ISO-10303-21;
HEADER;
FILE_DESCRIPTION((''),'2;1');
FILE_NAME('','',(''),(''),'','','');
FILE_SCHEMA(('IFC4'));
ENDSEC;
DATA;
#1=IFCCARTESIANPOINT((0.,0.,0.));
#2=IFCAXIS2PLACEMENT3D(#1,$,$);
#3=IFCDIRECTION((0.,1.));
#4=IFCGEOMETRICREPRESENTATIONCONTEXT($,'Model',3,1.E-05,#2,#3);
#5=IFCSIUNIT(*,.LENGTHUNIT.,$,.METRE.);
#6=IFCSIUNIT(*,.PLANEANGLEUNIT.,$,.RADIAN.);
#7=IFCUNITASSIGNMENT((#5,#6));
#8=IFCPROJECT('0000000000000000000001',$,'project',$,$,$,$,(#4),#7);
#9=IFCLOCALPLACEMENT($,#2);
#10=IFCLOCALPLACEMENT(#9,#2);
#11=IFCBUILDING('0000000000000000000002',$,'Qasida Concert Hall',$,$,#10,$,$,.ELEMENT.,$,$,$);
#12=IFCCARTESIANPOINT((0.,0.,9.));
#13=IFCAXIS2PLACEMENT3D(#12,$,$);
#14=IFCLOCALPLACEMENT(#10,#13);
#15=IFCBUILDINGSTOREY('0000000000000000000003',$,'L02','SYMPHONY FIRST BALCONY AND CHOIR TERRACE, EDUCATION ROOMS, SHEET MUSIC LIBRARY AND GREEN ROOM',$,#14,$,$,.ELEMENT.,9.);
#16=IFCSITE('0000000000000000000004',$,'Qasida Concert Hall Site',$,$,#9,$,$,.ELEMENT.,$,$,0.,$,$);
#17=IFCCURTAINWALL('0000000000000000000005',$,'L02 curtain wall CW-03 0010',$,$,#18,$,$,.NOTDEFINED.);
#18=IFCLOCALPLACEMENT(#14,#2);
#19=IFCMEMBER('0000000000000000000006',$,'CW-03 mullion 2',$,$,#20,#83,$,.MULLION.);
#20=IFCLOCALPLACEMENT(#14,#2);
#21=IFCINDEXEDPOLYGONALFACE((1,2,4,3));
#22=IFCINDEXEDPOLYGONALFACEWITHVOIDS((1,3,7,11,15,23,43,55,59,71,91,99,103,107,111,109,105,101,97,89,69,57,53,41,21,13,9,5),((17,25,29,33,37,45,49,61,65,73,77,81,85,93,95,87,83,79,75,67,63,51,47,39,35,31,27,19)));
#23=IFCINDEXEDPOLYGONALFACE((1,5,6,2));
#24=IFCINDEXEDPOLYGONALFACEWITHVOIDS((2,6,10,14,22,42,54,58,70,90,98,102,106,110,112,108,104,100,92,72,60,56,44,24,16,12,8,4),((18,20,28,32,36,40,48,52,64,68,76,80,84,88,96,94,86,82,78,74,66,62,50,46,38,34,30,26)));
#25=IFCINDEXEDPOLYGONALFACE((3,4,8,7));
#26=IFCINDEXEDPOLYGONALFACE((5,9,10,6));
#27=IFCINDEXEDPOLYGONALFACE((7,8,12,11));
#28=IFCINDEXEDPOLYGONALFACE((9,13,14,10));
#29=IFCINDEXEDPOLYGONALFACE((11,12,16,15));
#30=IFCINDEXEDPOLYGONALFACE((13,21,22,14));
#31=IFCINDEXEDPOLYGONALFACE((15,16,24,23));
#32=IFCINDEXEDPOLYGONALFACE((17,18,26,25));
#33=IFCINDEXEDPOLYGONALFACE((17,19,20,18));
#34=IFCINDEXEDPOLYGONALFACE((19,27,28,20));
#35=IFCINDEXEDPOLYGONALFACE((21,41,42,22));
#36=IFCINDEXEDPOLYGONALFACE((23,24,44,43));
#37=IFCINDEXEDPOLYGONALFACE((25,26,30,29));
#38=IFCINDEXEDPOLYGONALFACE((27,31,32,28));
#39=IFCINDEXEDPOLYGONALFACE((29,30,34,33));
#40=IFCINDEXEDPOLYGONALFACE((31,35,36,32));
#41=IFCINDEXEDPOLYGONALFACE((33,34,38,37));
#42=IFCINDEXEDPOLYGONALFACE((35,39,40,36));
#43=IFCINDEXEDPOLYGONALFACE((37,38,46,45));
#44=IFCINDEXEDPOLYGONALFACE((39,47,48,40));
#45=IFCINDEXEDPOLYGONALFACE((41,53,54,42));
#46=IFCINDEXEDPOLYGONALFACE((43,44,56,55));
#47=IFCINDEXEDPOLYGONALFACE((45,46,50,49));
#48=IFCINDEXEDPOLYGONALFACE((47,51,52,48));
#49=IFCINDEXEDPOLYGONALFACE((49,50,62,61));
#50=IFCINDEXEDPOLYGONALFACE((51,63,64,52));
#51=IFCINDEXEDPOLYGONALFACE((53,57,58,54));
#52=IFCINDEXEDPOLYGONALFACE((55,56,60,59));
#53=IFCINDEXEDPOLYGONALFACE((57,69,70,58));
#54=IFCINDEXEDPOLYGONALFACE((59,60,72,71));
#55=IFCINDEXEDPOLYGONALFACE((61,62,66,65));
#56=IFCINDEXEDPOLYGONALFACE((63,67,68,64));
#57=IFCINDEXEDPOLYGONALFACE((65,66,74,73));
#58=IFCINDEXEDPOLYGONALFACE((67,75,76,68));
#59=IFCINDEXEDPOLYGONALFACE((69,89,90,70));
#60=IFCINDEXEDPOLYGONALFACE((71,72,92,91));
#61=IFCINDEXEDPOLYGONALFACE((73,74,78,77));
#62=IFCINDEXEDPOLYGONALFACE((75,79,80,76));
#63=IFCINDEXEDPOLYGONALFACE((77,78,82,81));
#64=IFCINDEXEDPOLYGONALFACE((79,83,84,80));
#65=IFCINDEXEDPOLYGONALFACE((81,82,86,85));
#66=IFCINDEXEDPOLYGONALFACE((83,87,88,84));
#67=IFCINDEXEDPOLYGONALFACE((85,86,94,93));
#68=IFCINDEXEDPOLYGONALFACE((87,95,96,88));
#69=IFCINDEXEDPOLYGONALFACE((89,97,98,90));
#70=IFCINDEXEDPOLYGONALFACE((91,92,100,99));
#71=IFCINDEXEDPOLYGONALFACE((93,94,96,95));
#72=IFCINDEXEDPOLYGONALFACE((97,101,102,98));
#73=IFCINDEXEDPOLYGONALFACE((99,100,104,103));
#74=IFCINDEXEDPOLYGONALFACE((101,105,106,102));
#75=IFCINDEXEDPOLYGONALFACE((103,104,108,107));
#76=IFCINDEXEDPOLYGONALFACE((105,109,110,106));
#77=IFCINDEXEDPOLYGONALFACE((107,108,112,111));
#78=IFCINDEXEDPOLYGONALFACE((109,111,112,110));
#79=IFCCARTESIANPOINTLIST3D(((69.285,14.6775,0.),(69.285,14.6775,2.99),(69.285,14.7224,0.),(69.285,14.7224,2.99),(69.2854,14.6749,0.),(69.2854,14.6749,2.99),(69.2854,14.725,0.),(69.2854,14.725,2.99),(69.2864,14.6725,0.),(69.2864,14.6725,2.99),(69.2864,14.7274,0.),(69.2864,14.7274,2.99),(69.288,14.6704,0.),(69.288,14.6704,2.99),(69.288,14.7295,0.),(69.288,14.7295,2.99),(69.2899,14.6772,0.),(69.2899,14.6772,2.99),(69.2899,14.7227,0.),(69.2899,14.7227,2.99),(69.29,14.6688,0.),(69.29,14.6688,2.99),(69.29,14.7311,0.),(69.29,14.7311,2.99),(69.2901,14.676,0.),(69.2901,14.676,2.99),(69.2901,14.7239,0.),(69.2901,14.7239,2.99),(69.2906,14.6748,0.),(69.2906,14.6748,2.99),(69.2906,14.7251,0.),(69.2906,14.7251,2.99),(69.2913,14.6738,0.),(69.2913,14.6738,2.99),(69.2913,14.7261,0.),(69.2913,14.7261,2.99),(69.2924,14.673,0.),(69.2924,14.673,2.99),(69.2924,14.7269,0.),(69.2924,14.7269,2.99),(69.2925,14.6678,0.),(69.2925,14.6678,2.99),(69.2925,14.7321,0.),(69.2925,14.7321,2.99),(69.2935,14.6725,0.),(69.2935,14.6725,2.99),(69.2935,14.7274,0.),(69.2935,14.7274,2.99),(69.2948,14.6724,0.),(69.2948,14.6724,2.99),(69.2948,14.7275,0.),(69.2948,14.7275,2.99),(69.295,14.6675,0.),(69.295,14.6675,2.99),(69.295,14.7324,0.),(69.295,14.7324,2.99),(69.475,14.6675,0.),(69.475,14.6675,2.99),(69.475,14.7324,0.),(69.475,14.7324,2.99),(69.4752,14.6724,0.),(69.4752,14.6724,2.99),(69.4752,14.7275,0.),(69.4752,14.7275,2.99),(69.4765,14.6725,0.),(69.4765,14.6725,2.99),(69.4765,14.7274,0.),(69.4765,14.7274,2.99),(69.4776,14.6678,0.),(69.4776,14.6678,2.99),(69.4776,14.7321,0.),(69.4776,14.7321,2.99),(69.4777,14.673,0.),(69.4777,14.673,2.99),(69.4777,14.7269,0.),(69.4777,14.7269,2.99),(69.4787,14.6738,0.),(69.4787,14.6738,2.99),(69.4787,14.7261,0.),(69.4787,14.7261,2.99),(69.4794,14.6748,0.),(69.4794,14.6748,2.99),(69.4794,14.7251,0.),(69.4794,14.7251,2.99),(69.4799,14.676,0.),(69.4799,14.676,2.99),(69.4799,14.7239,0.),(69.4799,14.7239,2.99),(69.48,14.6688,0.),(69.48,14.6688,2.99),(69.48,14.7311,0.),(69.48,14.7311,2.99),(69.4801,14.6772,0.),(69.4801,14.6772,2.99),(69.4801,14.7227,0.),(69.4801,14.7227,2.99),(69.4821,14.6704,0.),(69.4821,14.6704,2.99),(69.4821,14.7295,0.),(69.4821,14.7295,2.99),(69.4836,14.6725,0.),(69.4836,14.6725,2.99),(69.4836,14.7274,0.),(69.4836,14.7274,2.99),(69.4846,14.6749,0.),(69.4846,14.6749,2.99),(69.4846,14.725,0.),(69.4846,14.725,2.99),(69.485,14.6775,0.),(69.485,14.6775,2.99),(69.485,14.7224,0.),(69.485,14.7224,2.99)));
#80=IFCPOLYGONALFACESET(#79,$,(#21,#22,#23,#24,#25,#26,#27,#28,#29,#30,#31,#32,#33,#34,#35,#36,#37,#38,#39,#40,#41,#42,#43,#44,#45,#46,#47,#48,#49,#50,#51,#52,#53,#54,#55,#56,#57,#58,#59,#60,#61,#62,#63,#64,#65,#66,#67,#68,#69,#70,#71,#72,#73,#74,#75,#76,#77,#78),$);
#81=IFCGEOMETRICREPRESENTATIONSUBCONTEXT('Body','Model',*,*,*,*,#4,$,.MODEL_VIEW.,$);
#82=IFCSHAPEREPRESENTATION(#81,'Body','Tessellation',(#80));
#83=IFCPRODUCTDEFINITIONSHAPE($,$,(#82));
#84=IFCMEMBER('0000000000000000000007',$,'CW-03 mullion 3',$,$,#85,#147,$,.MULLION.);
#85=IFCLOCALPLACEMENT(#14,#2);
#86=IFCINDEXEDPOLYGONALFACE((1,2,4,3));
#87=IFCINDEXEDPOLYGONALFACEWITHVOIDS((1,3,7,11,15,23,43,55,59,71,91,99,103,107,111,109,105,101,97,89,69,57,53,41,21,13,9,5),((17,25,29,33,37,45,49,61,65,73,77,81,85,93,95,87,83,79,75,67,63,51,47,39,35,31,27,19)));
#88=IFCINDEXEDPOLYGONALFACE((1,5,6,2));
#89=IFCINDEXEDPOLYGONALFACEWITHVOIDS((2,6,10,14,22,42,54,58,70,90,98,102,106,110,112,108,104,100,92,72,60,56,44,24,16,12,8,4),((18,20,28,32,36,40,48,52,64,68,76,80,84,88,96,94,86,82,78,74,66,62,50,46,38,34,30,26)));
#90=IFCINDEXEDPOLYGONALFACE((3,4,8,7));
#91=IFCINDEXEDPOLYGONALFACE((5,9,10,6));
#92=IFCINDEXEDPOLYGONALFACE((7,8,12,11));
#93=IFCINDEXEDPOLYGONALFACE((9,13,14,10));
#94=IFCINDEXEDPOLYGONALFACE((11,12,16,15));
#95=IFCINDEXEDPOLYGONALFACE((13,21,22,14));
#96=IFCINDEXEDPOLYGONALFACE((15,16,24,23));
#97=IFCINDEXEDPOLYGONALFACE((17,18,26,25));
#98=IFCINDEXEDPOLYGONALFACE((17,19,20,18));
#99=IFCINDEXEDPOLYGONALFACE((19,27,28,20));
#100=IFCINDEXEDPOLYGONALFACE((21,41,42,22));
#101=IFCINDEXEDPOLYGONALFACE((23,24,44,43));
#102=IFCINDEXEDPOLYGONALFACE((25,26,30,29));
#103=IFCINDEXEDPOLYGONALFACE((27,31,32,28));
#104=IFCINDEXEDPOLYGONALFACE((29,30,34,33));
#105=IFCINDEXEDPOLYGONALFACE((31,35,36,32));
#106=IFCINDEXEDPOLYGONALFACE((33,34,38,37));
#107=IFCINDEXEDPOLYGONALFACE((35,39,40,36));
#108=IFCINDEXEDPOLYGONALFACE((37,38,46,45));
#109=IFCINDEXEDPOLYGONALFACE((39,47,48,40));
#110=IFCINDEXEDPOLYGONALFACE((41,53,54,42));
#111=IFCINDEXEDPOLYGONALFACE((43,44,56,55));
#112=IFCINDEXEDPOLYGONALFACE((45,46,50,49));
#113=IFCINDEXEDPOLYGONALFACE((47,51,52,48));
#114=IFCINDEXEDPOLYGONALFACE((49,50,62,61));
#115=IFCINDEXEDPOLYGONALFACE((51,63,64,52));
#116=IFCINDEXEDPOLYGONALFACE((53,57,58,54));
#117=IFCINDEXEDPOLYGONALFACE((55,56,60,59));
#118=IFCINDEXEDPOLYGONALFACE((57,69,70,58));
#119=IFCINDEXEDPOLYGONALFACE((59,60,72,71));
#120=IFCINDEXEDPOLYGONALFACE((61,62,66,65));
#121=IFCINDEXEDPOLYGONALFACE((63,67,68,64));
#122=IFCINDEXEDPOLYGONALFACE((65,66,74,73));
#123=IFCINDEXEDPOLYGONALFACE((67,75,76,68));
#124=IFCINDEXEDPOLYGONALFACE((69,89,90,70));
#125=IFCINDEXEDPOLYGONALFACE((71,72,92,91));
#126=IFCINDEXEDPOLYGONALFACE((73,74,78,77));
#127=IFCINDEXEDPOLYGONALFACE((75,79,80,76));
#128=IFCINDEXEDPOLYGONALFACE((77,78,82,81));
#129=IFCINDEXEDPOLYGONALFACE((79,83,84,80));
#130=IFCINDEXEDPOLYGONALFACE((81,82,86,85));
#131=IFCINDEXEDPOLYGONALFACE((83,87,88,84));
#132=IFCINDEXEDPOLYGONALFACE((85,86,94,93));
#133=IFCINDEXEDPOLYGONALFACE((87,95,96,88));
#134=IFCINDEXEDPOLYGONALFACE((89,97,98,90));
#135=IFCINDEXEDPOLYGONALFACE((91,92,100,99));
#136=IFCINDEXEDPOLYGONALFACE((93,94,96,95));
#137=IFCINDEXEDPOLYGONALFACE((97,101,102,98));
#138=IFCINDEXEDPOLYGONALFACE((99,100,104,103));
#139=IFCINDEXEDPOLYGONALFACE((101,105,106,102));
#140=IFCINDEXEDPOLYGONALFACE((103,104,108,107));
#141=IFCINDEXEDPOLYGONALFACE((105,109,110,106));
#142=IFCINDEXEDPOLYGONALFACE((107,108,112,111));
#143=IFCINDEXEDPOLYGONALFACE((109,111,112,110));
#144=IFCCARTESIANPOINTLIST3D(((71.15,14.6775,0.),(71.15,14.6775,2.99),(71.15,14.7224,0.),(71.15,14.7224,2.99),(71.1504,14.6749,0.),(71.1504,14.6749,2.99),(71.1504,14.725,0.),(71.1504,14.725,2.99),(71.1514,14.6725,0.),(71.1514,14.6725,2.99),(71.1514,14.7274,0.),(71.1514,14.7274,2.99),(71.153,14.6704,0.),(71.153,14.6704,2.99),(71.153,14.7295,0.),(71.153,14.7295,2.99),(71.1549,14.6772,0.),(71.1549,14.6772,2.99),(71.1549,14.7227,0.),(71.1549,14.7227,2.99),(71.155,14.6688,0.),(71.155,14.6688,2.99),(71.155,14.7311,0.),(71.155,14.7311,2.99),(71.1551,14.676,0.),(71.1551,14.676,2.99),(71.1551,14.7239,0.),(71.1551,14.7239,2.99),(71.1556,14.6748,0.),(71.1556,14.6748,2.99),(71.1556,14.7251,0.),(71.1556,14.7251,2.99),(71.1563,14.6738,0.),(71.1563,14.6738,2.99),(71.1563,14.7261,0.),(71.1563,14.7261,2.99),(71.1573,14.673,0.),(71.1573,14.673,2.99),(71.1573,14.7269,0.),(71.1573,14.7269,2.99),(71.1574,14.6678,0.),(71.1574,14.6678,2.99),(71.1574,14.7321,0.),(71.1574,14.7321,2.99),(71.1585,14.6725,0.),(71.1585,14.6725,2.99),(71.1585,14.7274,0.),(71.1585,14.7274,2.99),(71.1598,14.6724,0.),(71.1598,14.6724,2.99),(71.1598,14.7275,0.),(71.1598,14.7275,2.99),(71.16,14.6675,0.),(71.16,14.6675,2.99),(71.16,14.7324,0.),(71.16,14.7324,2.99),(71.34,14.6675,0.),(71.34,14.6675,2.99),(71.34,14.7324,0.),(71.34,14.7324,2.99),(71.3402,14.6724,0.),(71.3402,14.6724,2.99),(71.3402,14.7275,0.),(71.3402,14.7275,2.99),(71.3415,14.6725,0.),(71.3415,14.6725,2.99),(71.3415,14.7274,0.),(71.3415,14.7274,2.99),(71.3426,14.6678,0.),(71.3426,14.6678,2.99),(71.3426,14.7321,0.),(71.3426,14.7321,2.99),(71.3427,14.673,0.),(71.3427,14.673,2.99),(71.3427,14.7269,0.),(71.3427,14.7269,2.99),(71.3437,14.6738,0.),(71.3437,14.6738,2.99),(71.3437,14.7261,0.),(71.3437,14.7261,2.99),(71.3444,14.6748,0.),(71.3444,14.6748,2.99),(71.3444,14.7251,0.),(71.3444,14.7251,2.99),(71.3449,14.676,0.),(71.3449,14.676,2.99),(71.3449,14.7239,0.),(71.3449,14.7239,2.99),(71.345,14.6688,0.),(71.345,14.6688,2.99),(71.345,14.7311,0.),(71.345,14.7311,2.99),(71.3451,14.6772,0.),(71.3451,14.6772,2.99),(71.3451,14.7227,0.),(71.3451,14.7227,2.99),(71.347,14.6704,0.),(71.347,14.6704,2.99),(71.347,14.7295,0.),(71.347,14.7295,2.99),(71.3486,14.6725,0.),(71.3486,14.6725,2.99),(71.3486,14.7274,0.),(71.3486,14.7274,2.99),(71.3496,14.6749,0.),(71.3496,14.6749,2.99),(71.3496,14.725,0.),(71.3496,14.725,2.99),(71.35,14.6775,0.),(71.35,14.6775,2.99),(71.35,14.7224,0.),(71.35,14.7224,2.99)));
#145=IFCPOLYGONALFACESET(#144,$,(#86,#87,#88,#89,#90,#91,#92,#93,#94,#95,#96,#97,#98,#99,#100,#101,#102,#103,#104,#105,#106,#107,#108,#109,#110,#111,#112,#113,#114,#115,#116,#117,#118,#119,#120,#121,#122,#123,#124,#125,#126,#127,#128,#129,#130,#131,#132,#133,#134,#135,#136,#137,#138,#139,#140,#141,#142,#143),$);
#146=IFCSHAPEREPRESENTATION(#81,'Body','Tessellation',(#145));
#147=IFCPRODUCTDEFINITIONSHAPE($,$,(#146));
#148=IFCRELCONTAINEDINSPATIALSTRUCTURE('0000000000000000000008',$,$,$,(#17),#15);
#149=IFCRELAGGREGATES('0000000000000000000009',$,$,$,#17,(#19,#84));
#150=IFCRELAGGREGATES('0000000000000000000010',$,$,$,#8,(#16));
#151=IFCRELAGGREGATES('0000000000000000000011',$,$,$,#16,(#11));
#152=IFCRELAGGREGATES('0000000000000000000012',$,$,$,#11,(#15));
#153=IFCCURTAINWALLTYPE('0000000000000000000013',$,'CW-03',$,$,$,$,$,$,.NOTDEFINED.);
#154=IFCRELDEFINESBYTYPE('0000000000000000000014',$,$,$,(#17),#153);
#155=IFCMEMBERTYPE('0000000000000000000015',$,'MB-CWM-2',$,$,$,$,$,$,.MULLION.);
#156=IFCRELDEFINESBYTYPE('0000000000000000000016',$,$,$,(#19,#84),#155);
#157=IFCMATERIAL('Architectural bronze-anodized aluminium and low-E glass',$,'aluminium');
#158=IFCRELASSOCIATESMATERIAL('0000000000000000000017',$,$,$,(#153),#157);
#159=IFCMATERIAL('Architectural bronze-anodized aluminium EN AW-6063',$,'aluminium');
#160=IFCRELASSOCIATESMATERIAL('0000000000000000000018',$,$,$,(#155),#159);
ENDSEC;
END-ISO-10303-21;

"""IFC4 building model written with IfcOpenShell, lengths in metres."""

from ifc_helpers import new_model, si_unit, direction, frame, origin, origin_2d, place, context, subcontext, project, spatial, hollow_rectangle, extrude, material, material_profile, profile_set, type_object, element, aggregate, save


model = new_model("IFC4")

# Units and contexts
model_context = context("Model", 3, precision=1e-05, world=origin(), true_north=direction((0.0, 1.0)))
body_context = subcontext(model_context, "Body", "Model", "MODEL_VIEW")
ifc_project = project(units=[si_unit("LENGTHUNIT", "METRE"), si_unit("PLANEANGLEUNIT", "RADIAN")], contexts=[model_context])

# Site, building, storey
site_placement = place(None, origin())
site = spatial("IfcSite", under=ifc_project, at=site_placement, Name="Qasida Concert Hall Site", CompositionType="ELEMENT", RefElevation=0.0)
building_placement = place(site_placement, origin())
building = spatial("IfcBuilding", under=site, at=building_placement, Name="Qasida Concert Hall", CompositionType="ELEMENT")
storey_placement = place(building_placement, frame((0.0, 0.0, 9.0)))
storey = spatial("IfcBuildingStorey", under=building, at=storey_placement, Name="L02", Description="SYMPHONY FIRST BALCONY AND CHOIR TERRACE, EDUCATION ROOMS, SHEET MUSIC LIBRARY AND GREEN ROOM", CompositionType="ELEMENT", Elevation=9.0)

# Curtain wall, members
ifc_material_1 = material(Name="Architectural bronze-anodized aluminium and low-E glass", Category="aluminium")
curtain_wall_type = type_object("IfcCurtainWallType", Name="CW-03", PredefinedType="NOTDEFINED", material=ifc_material_1)
curtain_wall_placement = place(storey_placement, origin())
curtain_wall = element("IfcCurtainWall", 1, at=curtain_wall_placement, inside=storey, type_object=curtain_wall_type, Name="L02 curtain wall CW-03 0010", PredefinedType="NOTDEFINED")
ifc_material_2 = material(Name="Architectural bronze-anodized aluminium EN AW-6063", Category="aluminium")
ifc_material_profile_1 = material_profile(ifc_material_2, hollow_rectangle(XDim=0.0649, YDim=0.2, WallThickness=0.0049, InnerFilletRadius=0.0049, OuterFilletRadius=0.01, at=origin_2d()), Name="CWM 200x65x5")
ifc_profile_set_1 = profile_set([ifc_material_profile_1], Name="Architectural bronze-anodized aluminium EN AW-6063")
member_type_1 = type_object("IfcMemberType", Name="MB-CWM-2", PredefinedType="MULLION", material=ifc_profile_set_1)
member_1_placement = place(storey_placement, frame((69.385, 14.7, 0.0), z_axis=(0.0, 0.0, 1.0), x_axis=(0.0, 1.0, 0.0)))
member_1 = element("IfcMember", 2, at=member_1_placement, type_object=member_type_1, Name="CW-03 mullion 2", PredefinedType="MULLION", context=body_context, shape_type="SweptSolid", body=[
    extrude(hollow_rectangle(XDim=0.0649, YDim=0.2, WallThickness=0.0049, InnerFilletRadius=0.0049, OuterFilletRadius=0.01, at=origin_2d()), origin(), (0.0, 0.0, 1.0), 2.99),
])
member_2_placement = place(storey_placement, frame((71.25, 14.7, 0.0), z_axis=(0.0, 0.0, 1.0), x_axis=(0.0, 1.0, 0.0)))
member_2 = element("IfcMember", 3, at=member_2_placement, type_object=member_type_1, Name="CW-03 mullion 3", PredefinedType="MULLION", context=body_context, shape_type="SweptSolid", body=[
    extrude(hollow_rectangle(XDim=0.0649, YDim=0.2, WallThickness=0.0049, InnerFilletRadius=0.0049, OuterFilletRadius=0.01, at=origin_2d()), origin(), (0.0, 0.0, 1.0), 2.99),
])
aggregate(curtain_wall, [member_1, member_2])

save(model, "model.ifc")
